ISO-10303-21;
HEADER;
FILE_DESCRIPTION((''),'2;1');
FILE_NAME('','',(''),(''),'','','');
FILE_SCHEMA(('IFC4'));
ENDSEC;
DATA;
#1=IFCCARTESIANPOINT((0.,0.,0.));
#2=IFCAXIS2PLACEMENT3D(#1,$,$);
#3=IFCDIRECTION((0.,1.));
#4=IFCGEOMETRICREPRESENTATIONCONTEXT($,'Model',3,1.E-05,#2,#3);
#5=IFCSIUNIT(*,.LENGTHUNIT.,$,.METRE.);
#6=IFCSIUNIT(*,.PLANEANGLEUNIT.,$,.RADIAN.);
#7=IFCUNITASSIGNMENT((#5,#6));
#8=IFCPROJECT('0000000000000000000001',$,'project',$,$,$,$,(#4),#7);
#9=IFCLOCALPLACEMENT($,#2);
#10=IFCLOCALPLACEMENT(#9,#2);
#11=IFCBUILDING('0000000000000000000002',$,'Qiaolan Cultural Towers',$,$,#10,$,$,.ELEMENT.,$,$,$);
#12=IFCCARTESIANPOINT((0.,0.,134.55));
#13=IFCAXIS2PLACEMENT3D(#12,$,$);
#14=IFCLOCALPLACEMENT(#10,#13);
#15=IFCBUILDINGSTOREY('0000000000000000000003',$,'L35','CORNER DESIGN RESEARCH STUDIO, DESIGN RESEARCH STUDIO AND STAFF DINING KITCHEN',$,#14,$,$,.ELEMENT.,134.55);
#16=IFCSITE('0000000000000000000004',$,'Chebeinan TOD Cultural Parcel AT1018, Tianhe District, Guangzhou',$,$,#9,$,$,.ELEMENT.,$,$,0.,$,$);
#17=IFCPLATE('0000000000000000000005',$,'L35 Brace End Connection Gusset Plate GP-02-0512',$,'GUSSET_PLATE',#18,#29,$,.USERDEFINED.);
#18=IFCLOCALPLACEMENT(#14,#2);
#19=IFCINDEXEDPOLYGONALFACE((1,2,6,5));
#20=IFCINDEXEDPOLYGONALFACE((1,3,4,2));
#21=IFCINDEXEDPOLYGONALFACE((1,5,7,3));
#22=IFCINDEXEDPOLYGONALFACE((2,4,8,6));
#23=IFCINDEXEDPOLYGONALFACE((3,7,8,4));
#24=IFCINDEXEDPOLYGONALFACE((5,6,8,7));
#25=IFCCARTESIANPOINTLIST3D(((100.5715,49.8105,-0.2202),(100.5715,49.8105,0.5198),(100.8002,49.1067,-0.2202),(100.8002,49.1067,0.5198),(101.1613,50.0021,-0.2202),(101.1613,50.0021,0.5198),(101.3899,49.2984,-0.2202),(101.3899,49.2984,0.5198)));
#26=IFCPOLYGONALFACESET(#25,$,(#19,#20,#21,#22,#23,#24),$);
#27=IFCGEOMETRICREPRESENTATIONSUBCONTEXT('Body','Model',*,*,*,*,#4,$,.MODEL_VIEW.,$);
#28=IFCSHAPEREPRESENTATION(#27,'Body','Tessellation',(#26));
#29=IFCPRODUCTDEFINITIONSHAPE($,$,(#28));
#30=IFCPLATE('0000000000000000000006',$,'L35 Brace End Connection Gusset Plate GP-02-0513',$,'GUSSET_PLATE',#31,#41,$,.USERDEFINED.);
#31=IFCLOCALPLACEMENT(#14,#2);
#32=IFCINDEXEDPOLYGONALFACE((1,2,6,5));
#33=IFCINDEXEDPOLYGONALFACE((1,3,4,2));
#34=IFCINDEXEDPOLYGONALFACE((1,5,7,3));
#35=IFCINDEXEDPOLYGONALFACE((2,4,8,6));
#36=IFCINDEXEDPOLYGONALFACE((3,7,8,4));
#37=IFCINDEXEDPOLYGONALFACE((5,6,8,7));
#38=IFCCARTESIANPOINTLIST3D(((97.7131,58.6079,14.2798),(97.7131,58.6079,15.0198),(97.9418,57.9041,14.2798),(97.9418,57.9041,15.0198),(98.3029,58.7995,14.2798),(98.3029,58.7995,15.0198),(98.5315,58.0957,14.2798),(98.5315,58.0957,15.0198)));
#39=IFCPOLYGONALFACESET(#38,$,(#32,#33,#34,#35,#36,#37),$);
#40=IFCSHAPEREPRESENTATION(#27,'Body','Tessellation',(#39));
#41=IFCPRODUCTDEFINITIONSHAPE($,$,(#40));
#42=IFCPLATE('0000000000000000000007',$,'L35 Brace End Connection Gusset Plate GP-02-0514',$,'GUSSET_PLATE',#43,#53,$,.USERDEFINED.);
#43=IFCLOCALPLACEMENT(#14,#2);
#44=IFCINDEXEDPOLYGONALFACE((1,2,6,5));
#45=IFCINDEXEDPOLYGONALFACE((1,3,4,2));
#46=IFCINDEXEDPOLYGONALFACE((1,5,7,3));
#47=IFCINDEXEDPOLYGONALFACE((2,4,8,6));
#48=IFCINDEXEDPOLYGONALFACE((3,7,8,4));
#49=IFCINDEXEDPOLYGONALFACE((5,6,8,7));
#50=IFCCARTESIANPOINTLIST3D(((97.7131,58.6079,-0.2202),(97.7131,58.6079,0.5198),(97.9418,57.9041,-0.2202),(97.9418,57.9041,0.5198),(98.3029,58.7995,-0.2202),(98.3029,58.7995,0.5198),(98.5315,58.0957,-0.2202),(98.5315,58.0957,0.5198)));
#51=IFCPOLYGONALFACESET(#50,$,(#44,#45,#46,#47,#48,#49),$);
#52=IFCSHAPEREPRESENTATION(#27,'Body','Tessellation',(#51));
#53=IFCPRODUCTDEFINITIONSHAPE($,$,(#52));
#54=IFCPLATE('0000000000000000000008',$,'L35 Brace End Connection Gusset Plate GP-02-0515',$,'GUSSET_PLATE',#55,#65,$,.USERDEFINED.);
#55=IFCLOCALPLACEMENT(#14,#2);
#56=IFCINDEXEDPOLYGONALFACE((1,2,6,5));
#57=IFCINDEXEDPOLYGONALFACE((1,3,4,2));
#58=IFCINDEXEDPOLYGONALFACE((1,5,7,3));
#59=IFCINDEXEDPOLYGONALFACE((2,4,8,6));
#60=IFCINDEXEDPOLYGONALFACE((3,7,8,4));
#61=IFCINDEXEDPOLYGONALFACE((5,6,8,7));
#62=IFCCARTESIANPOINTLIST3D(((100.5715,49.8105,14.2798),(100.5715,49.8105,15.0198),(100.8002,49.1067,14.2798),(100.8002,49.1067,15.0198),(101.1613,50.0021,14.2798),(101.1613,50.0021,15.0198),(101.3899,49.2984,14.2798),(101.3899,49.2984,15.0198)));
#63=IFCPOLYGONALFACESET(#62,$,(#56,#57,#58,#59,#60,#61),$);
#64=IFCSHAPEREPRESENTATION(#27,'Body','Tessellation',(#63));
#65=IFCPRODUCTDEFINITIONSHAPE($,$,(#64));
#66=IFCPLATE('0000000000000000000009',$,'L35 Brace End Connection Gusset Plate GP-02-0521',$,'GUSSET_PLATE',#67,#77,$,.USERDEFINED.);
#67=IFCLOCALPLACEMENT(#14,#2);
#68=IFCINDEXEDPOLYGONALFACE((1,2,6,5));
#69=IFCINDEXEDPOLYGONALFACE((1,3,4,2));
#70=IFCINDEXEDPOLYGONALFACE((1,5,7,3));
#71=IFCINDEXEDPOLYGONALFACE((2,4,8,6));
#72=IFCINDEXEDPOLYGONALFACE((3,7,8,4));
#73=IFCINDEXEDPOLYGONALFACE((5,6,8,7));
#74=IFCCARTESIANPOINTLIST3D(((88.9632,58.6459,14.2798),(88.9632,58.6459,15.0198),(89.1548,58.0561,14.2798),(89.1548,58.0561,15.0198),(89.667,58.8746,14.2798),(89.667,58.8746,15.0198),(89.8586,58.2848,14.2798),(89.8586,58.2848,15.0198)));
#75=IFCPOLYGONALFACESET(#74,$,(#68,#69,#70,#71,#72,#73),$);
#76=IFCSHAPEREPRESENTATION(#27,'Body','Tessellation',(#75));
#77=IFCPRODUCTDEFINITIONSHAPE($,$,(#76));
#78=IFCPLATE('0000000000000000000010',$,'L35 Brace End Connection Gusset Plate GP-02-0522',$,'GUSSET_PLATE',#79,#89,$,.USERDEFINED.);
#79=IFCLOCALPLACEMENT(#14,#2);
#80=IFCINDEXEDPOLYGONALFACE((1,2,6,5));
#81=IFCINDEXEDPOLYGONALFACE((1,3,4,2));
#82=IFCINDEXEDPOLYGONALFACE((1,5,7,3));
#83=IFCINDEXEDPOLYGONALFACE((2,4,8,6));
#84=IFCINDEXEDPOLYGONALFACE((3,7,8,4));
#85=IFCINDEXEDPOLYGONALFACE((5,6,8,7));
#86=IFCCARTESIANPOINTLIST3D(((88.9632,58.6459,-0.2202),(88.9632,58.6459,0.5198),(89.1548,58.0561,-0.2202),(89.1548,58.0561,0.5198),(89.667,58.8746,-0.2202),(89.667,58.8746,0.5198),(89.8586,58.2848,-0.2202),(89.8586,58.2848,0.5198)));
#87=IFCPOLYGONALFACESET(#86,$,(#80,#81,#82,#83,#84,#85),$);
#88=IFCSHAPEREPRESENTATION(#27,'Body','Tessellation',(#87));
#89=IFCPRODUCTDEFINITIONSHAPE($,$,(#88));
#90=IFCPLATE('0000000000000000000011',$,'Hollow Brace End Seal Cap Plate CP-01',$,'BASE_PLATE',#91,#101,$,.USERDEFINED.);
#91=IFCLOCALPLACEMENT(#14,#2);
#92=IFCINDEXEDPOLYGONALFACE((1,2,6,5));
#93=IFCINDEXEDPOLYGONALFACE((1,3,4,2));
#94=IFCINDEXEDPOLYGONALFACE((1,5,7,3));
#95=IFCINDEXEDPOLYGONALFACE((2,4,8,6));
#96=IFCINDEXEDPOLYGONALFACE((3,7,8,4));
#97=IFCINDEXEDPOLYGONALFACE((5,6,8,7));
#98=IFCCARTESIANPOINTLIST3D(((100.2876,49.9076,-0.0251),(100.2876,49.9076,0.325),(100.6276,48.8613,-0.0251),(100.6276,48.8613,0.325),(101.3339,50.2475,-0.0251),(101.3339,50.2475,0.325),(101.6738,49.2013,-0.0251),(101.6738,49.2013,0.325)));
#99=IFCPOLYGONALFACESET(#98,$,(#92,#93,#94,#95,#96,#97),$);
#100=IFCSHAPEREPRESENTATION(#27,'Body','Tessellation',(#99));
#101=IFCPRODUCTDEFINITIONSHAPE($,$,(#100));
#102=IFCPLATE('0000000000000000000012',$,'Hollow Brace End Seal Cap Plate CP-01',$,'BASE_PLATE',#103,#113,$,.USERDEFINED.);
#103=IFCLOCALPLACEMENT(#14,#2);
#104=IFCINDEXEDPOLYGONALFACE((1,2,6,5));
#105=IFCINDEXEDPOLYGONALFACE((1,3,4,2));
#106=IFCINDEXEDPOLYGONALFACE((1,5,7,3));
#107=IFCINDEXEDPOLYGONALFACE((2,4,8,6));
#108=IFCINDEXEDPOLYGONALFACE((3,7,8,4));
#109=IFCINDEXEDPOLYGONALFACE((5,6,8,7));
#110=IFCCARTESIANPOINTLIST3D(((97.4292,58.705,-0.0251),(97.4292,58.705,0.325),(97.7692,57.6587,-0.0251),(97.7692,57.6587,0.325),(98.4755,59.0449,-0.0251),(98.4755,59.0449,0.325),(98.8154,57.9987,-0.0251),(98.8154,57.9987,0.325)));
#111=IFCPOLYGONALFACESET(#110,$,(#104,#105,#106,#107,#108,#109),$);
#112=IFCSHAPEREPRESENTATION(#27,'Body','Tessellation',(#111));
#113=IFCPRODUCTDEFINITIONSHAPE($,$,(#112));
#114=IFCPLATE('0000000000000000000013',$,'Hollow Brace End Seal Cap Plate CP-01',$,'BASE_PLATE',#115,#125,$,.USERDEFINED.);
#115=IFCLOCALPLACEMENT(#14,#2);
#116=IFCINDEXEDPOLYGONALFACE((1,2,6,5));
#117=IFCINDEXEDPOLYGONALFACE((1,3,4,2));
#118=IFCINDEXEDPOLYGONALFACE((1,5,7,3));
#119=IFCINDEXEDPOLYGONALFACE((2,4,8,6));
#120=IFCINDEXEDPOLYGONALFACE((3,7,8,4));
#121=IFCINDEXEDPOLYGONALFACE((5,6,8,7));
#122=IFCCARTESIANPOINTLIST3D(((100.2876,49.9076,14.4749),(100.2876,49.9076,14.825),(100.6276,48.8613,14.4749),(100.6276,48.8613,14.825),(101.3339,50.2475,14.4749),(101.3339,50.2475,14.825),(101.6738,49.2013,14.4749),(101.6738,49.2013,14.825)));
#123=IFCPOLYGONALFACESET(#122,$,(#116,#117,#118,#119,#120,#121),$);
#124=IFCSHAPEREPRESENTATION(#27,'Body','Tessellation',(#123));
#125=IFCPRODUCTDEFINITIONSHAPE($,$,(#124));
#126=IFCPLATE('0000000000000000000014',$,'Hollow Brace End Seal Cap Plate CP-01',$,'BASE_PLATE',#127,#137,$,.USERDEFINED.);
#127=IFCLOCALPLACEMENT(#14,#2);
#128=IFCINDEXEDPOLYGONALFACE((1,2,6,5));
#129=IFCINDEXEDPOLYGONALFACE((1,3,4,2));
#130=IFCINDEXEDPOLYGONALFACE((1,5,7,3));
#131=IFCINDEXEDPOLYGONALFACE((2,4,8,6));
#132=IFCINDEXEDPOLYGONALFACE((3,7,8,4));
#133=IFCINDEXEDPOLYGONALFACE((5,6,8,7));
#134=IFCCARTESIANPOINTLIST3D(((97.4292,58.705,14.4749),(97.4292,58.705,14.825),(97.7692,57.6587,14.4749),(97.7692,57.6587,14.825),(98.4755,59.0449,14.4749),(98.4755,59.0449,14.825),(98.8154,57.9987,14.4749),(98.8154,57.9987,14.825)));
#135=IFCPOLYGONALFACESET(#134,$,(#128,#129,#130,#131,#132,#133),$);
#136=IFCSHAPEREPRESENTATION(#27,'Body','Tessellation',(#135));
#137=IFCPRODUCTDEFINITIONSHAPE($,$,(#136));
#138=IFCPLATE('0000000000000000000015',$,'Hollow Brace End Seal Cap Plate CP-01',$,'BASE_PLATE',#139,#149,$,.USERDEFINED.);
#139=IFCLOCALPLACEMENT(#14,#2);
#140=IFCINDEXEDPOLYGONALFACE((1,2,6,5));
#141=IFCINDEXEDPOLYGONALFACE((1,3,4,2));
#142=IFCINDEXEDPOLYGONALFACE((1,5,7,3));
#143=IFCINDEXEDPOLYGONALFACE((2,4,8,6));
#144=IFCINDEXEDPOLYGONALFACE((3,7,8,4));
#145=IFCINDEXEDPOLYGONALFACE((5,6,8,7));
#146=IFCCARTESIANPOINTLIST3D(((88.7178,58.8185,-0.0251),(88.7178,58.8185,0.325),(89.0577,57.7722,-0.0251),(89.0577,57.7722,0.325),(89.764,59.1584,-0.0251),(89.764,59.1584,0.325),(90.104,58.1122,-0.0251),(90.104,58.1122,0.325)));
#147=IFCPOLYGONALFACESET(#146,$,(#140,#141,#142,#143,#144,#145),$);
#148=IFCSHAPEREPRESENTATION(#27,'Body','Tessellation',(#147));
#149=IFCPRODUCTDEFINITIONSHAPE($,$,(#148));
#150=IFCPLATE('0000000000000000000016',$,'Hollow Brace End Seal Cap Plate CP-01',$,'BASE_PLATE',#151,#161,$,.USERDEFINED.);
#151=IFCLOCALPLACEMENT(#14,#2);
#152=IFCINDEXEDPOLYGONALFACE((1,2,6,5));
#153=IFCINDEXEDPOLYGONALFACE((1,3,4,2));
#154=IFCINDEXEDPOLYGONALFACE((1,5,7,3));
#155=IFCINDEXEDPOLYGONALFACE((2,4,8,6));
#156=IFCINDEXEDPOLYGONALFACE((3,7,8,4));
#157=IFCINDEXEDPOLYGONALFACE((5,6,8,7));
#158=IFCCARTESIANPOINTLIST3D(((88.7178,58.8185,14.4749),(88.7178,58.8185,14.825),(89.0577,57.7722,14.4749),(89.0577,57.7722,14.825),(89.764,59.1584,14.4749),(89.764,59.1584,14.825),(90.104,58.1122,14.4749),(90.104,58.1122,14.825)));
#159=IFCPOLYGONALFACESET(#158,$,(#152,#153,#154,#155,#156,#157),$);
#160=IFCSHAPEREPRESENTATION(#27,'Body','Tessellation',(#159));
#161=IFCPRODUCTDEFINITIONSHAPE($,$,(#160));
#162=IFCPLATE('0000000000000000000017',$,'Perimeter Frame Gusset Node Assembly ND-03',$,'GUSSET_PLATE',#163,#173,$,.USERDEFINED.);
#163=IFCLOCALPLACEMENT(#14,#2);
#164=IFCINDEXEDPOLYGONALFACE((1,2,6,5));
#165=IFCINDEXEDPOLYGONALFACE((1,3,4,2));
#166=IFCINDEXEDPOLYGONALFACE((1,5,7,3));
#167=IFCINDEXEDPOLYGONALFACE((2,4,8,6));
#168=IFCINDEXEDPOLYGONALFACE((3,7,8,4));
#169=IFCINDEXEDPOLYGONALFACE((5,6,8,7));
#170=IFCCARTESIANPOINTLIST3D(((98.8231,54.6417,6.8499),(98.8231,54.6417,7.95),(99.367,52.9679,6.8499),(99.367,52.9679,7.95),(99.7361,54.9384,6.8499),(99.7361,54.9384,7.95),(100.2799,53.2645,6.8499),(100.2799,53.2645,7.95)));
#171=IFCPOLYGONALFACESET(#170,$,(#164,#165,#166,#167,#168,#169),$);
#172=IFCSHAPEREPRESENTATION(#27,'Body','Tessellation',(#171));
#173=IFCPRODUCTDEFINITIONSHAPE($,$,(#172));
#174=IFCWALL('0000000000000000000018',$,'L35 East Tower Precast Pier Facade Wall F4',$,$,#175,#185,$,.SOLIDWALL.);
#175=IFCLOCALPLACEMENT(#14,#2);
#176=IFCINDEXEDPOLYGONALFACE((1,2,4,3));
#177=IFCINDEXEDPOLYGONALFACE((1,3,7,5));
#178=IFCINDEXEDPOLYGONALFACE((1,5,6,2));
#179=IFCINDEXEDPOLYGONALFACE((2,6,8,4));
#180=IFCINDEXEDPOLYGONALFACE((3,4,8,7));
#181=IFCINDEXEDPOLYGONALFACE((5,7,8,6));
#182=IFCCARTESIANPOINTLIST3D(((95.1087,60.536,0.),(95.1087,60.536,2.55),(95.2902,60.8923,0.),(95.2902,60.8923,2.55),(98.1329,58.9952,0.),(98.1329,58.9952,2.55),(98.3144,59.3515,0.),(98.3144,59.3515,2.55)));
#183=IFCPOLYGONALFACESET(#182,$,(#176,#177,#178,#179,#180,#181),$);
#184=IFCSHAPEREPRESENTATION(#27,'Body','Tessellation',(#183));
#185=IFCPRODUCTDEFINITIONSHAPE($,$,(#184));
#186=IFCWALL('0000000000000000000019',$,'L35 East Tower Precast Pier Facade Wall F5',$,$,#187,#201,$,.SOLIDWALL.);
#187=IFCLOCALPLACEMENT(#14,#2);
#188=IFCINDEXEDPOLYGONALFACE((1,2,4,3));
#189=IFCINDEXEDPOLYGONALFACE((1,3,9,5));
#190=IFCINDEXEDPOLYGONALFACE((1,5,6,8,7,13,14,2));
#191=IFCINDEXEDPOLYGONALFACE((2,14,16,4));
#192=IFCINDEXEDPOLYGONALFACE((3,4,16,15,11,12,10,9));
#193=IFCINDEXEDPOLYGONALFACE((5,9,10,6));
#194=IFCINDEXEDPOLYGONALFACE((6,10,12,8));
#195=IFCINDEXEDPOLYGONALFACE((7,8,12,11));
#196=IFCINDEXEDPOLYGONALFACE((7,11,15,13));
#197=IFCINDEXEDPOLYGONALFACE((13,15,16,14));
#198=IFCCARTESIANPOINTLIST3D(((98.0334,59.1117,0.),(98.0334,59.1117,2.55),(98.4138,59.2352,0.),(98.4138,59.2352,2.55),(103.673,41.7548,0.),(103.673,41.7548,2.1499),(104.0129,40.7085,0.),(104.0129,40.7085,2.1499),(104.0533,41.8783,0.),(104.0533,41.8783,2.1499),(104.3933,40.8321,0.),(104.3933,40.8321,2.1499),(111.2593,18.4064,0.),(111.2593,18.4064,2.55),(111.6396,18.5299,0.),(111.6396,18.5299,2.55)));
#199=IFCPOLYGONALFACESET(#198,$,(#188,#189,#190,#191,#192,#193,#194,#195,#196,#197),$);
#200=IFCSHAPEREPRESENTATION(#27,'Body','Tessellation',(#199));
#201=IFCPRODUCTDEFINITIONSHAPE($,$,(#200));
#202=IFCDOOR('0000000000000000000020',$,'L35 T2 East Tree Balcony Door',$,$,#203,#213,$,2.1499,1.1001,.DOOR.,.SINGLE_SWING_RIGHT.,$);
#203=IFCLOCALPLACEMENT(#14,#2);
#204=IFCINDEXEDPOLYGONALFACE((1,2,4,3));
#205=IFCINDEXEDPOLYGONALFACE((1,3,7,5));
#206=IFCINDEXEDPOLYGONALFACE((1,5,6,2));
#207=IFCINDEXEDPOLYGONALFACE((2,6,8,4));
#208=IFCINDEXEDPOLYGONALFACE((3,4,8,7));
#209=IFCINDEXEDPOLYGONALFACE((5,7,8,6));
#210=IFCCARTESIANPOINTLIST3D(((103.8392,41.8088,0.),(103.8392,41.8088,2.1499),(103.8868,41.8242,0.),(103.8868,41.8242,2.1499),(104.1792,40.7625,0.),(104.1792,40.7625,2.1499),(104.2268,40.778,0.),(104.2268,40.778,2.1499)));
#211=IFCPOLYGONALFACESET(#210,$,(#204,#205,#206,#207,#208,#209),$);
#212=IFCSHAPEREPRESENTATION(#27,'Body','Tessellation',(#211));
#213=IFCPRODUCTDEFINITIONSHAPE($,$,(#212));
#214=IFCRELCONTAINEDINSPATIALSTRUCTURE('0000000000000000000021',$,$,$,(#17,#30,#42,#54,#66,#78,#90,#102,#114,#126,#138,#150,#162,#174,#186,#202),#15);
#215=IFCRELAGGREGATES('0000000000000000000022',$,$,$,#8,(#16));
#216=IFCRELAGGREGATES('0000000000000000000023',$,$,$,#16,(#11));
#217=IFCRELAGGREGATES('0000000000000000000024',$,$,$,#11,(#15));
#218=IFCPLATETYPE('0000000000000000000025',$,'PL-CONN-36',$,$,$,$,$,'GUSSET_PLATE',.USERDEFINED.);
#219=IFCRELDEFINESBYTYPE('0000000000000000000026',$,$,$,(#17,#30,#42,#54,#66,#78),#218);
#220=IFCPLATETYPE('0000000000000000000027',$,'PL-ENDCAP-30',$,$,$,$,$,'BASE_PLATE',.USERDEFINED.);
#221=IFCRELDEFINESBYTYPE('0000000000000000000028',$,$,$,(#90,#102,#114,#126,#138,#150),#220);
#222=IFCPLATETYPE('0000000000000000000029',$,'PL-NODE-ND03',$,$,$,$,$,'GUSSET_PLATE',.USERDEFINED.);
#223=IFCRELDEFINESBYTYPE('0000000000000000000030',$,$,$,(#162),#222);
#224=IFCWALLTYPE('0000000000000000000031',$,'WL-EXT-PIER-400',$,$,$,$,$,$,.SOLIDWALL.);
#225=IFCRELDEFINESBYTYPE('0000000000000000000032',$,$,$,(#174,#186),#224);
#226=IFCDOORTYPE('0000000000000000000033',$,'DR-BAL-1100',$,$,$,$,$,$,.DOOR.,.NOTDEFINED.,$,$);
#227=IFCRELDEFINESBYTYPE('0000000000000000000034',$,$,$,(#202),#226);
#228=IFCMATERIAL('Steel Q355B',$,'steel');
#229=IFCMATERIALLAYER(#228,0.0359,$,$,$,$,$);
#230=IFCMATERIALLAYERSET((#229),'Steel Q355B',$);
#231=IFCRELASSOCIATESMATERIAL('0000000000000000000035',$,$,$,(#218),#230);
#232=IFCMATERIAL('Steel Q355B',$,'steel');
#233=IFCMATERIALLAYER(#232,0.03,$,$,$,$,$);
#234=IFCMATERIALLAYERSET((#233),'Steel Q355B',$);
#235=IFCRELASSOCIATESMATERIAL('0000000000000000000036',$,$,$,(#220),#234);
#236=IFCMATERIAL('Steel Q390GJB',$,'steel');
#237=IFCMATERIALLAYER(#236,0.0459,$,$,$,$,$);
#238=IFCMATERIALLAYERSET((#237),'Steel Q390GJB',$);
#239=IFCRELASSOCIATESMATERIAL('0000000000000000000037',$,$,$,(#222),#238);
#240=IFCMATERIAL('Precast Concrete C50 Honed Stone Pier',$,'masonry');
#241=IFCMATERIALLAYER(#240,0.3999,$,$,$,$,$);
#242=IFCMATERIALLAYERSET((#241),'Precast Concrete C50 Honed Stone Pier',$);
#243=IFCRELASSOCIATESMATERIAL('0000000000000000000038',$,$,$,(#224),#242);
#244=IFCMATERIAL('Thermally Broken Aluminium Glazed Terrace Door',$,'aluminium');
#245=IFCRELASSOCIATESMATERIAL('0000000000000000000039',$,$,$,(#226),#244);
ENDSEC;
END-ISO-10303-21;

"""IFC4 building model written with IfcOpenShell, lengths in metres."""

from ifc_helpers import new_model, si_unit, direction, frame, frame_2d, origin, origin_2d, place, context, subcontext, project, spatial, rectangle, extrude, material, layer, layer_set, type_object, element, fill, save


model = new_model("IFC4")

# Units and contexts
model_context = context("Model", 3, precision=1e-05, world=origin(), true_north=direction((0.0, 1.0)))
body_context = subcontext(model_context, "Body", "Model", "MODEL_VIEW")
ifc_project = project(units=[si_unit("LENGTHUNIT", "METRE"), si_unit("PLANEANGLEUNIT", "RADIAN")], contexts=[model_context])

# Site, building, storey
site_placement = place(None, origin())
site = spatial("IfcSite", under=ifc_project, at=site_placement, Name="Chebeinan TOD Cultural Parcel AT1018, Tianhe District, Guangzhou", CompositionType="ELEMENT", RefElevation=0.0)
building_placement = place(site_placement, origin())
building = spatial("IfcBuilding", under=site, at=building_placement, Name="Qiaolan Cultural Towers", CompositionType="ELEMENT")
storey_placement = place(building_placement, frame((0.0, 0.0, 134.55)))
storey = spatial("IfcBuildingStorey", under=building, at=storey_placement, Name="L35", Description="CORNER DESIGN RESEARCH STUDIO, DESIGN RESEARCH STUDIO AND STAFF DINING KITCHEN", CompositionType="ELEMENT", Elevation=134.55)

# Plates
ifc_material_1 = material(Name="Steel Q355B", Category="steel")
ifc_layer_1 = layer(ifc_material_1, 0.0359)
ifc_layer_set_1 = layer_set([ifc_layer_1], Name="Steel Q355B")
plate_type_1 = type_object("IfcPlateType", Name="PL-CONN-36", ElementType="GUSSET_PLATE", PredefinedType="USERDEFINED", material=ifc_layer_set_1)
for number, where, z_axis, x_axis, name in (
    (1, (100.9807, 49.5544, -0.2202), (0.0, 0.0, 1.0), (-0.309017, 0.951057, 0.0), "L35 Brace End Connection Gusset Plate GP-02-0512"),
    (2, (98.1223, 58.3518, 14.2798), (0.0, 0.0, 1.0), (-0.309017, 0.951057, 0.0), "L35 Brace End Connection Gusset Plate GP-02-0513"),
    (3, (98.1223, 58.3518, -0.2202), (0.0, 0.0, 1.0), (-0.309017, 0.951057, 0.0), "L35 Brace End Connection Gusset Plate GP-02-0514"),
    (4, (100.9807, 49.5544, 14.2798), (0.0, 0.0, 1.0), (-0.309017, 0.951057, 0.0), "L35 Brace End Connection Gusset Plate GP-02-0515"),
    (5, (89.4109, 58.4653, 14.2798), (0.0, 0.0, 1.0), (0.951057, 0.309017, 0.0), "L35 Brace End Connection Gusset Plate GP-02-0521"),
    (6, (89.4109, 58.4653, -0.2202), (0.0, 0.0, 1.0), (0.951057, 0.309017, 0.0), "L35 Brace End Connection Gusset Plate GP-02-0522"),
):
    element("IfcPlate", number, at=place(storey_placement, frame(where, z_axis=z_axis, x_axis=x_axis)), inside=storey, type_object=plate_type_1, Name=name, ObjectType="GUSSET_PLATE", PredefinedType="USERDEFINED", context=body_context, shape_type="SweptSolid", body=[
        extrude(rectangle(XDim=0.74, YDim=0.6201, at=origin_2d()), origin(), (0.0, 0.0, 1.0), 0.74),
    ])
ifc_material_2 = material(Name="Steel Q355B", Category="steel")
ifc_layer_2 = layer(ifc_material_2, 0.03)
ifc_layer_set_2 = layer_set([ifc_layer_2], Name="Steel Q355B")
plate_type_2 = type_object("IfcPlateType", Name="PL-ENDCAP-30", ElementType="BASE_PLATE", PredefinedType="USERDEFINED", material=ifc_layer_set_2)
for number, where, z_axis, x_axis, name in (
    (7, (100.9807, 49.5544, -0.0251), (0.0, 0.0, 1.0), (-0.309017, 0.951057, 0.0), "Hollow Brace End Seal Cap Plate CP-01"),
    (8, (98.1223, 58.3518, -0.0251), (0.0, 0.0, 1.0), (-0.309017, 0.951057, 0.0), "Hollow Brace End Seal Cap Plate CP-01"),
    (9, (100.9807, 49.5544, 14.4749), (0.0, 0.0, 1.0), (-0.309017, 0.951057, 0.0), "Hollow Brace End Seal Cap Plate CP-01"),
    (10, (98.1223, 58.3518, 14.4749), (0.0, 0.0, 1.0), (-0.309017, 0.951057, 0.0), "Hollow Brace End Seal Cap Plate CP-01"),
    (11, (89.4109, 58.4653, -0.0251), (0.0, 0.0, 1.0), (0.951057, 0.309017, 0.0), "Hollow Brace End Seal Cap Plate CP-01"),
    (12, (89.4109, 58.4653, 14.4749), (0.0, 0.0, 1.0), (0.951057, 0.309017, 0.0), "Hollow Brace End Seal Cap Plate CP-01"),
):
    element("IfcPlate", number, at=place(storey_placement, frame(where, z_axis=z_axis, x_axis=x_axis)), inside=storey, type_object=plate_type_2, Name=name, ObjectType="BASE_PLATE", PredefinedType="USERDEFINED", context=body_context, shape_type="SweptSolid", body=[
        extrude(rectangle(XDim=1.1001, YDim=1.1001, at=origin_2d()), origin(), (0.0, 0.0, 1.0), 0.3501),
    ])
ifc_material_3 = material(Name="Steel Q390GJB", Category="steel")
ifc_layer_3 = layer(ifc_material_3, 0.0459)
ifc_layer_set_3 = layer_set([ifc_layer_3], Name="Steel Q390GJB")
plate_type_3 = type_object("IfcPlateType", Name="PL-NODE-ND03", ElementType="GUSSET_PLATE", PredefinedType="USERDEFINED", material=ifc_layer_set_3)
plate_placement = place(storey_placement, frame((99.5515, 53.9531, 6.8499), z_axis=(0.0, 0.0, 1.0), x_axis=(-0.309017, 0.951057, 0.0)))
element("IfcPlate", 13, at=plate_placement, inside=storey, type_object=plate_type_3, Name="Perimeter Frame Gusset Node Assembly ND-03", ObjectType="GUSSET_PLATE", PredefinedType="USERDEFINED", context=body_context, shape_type="SweptSolid", body=[
    extrude(rectangle(XDim=1.76, YDim=0.96, at=origin_2d()), origin(), (0.0, 0.0, 1.0), 1.1001),
])

# Wall
ifc_material_4 = material(Name="Precast Concrete C50 Honed Stone Pier", Category="masonry")
ifc_layer_4 = layer(ifc_material_4, 0.3999)
ifc_layer_set_4 = layer_set([ifc_layer_4], Name="Precast Concrete C50 Honed Stone Pier")
wall_type_1 = type_object("IfcWallType", Name="WL-EXT-PIER-400", PredefinedType="SOLIDWALL", material=ifc_layer_set_4)
wall_1_placement = place(storey_placement, frame((95.1995, 60.7141, 0.0), z_axis=(0.0, 0.0, 1.0), x_axis=(0.891021, -0.453962, 0.0)))
element("IfcWall", 14, at=wall_1_placement, inside=storey, type_object=wall_type_1, Name="L35 East Tower Precast Pier Facade Wall F4", PredefinedType="SOLIDWALL", context=body_context, shape_type="SweptSolid", body=[
    extrude(rectangle(XDim=3.394, YDim=0.3999, at=frame_2d((1.697, 0.0))), origin(), (0.0, 0.0, 1.0), 2.55),
])

# Wall, opening, door
wall_2_placement = place(storey_placement, frame((98.2236, 59.1733, 0.0), z_axis=(0.0, 0.0, 1.0), x_axis=(0.309014, -0.951057, 0.0)))
wall_2 = element("IfcWall", 15, at=wall_2_placement, inside=storey, type_object=wall_type_1, Name="L35 East Tower Precast Pier Facade Wall F5", PredefinedType="SOLIDWALL", context=body_context, shape_type="SweptSolid", body=[
    extrude(rectangle(XDim=42.8, YDim=0.3999, at=frame_2d((21.3999, 0.0))), origin(), (0.0, 0.0, 1.0), 2.55),
])
opening_1_placement = place(wall_2_placement, frame((18.25, 0.0, 0.0)))
opening_1 = element("IfcOpeningElement", 16, at=opening_1_placement, cuts=wall_2, PredefinedType="OPENING", context=body_context, shape_type="SweptSolid", body=[
    extrude(rectangle(XDim=1.1001, YDim=2.1499, at=frame_2d((0.55, 1.075))), frame((0.0, 0.21, 0.0), z_axis=(0.0, -1.0, 0.0), x_axis=(1.0, 0.0, 0.0)), (0.0, 0.0, 1.0), 0.4199),
])
ifc_material_5 = material(Name="Thermally Broken Aluminium Glazed Terrace Door", Category="aluminium")
door_type_1 = type_object("IfcDoorType", Name="DR-BAL-1100", OperationType="NOTDEFINED", PredefinedType="DOOR", material=ifc_material_5)
door_1_placement = place(opening_1_placement, origin())
door_1 = element("IfcDoor", 17, at=door_1_placement, inside=storey, type_object=door_type_1, Name="L35 T2 East Tree Balcony Door", OperationType="SINGLE_SWING_RIGHT", OverallHeight=2.1499, OverallWidth=1.1001, PredefinedType="DOOR", context=body_context, shape_type="SweptSolid", body=[
    extrude(rectangle(XDim=1.1001, YDim=2.1499, at=frame_2d((0.55, 1.075))), frame((0.0, 0.0249, 0.0), z_axis=(0.0, -1.0, 0.0), x_axis=(1.0, 0.0, 0.0)), (0.0, 0.0, 1.0), 0.05),
])
fill(opening_1, door_1)

save(model, "model.ifc")
